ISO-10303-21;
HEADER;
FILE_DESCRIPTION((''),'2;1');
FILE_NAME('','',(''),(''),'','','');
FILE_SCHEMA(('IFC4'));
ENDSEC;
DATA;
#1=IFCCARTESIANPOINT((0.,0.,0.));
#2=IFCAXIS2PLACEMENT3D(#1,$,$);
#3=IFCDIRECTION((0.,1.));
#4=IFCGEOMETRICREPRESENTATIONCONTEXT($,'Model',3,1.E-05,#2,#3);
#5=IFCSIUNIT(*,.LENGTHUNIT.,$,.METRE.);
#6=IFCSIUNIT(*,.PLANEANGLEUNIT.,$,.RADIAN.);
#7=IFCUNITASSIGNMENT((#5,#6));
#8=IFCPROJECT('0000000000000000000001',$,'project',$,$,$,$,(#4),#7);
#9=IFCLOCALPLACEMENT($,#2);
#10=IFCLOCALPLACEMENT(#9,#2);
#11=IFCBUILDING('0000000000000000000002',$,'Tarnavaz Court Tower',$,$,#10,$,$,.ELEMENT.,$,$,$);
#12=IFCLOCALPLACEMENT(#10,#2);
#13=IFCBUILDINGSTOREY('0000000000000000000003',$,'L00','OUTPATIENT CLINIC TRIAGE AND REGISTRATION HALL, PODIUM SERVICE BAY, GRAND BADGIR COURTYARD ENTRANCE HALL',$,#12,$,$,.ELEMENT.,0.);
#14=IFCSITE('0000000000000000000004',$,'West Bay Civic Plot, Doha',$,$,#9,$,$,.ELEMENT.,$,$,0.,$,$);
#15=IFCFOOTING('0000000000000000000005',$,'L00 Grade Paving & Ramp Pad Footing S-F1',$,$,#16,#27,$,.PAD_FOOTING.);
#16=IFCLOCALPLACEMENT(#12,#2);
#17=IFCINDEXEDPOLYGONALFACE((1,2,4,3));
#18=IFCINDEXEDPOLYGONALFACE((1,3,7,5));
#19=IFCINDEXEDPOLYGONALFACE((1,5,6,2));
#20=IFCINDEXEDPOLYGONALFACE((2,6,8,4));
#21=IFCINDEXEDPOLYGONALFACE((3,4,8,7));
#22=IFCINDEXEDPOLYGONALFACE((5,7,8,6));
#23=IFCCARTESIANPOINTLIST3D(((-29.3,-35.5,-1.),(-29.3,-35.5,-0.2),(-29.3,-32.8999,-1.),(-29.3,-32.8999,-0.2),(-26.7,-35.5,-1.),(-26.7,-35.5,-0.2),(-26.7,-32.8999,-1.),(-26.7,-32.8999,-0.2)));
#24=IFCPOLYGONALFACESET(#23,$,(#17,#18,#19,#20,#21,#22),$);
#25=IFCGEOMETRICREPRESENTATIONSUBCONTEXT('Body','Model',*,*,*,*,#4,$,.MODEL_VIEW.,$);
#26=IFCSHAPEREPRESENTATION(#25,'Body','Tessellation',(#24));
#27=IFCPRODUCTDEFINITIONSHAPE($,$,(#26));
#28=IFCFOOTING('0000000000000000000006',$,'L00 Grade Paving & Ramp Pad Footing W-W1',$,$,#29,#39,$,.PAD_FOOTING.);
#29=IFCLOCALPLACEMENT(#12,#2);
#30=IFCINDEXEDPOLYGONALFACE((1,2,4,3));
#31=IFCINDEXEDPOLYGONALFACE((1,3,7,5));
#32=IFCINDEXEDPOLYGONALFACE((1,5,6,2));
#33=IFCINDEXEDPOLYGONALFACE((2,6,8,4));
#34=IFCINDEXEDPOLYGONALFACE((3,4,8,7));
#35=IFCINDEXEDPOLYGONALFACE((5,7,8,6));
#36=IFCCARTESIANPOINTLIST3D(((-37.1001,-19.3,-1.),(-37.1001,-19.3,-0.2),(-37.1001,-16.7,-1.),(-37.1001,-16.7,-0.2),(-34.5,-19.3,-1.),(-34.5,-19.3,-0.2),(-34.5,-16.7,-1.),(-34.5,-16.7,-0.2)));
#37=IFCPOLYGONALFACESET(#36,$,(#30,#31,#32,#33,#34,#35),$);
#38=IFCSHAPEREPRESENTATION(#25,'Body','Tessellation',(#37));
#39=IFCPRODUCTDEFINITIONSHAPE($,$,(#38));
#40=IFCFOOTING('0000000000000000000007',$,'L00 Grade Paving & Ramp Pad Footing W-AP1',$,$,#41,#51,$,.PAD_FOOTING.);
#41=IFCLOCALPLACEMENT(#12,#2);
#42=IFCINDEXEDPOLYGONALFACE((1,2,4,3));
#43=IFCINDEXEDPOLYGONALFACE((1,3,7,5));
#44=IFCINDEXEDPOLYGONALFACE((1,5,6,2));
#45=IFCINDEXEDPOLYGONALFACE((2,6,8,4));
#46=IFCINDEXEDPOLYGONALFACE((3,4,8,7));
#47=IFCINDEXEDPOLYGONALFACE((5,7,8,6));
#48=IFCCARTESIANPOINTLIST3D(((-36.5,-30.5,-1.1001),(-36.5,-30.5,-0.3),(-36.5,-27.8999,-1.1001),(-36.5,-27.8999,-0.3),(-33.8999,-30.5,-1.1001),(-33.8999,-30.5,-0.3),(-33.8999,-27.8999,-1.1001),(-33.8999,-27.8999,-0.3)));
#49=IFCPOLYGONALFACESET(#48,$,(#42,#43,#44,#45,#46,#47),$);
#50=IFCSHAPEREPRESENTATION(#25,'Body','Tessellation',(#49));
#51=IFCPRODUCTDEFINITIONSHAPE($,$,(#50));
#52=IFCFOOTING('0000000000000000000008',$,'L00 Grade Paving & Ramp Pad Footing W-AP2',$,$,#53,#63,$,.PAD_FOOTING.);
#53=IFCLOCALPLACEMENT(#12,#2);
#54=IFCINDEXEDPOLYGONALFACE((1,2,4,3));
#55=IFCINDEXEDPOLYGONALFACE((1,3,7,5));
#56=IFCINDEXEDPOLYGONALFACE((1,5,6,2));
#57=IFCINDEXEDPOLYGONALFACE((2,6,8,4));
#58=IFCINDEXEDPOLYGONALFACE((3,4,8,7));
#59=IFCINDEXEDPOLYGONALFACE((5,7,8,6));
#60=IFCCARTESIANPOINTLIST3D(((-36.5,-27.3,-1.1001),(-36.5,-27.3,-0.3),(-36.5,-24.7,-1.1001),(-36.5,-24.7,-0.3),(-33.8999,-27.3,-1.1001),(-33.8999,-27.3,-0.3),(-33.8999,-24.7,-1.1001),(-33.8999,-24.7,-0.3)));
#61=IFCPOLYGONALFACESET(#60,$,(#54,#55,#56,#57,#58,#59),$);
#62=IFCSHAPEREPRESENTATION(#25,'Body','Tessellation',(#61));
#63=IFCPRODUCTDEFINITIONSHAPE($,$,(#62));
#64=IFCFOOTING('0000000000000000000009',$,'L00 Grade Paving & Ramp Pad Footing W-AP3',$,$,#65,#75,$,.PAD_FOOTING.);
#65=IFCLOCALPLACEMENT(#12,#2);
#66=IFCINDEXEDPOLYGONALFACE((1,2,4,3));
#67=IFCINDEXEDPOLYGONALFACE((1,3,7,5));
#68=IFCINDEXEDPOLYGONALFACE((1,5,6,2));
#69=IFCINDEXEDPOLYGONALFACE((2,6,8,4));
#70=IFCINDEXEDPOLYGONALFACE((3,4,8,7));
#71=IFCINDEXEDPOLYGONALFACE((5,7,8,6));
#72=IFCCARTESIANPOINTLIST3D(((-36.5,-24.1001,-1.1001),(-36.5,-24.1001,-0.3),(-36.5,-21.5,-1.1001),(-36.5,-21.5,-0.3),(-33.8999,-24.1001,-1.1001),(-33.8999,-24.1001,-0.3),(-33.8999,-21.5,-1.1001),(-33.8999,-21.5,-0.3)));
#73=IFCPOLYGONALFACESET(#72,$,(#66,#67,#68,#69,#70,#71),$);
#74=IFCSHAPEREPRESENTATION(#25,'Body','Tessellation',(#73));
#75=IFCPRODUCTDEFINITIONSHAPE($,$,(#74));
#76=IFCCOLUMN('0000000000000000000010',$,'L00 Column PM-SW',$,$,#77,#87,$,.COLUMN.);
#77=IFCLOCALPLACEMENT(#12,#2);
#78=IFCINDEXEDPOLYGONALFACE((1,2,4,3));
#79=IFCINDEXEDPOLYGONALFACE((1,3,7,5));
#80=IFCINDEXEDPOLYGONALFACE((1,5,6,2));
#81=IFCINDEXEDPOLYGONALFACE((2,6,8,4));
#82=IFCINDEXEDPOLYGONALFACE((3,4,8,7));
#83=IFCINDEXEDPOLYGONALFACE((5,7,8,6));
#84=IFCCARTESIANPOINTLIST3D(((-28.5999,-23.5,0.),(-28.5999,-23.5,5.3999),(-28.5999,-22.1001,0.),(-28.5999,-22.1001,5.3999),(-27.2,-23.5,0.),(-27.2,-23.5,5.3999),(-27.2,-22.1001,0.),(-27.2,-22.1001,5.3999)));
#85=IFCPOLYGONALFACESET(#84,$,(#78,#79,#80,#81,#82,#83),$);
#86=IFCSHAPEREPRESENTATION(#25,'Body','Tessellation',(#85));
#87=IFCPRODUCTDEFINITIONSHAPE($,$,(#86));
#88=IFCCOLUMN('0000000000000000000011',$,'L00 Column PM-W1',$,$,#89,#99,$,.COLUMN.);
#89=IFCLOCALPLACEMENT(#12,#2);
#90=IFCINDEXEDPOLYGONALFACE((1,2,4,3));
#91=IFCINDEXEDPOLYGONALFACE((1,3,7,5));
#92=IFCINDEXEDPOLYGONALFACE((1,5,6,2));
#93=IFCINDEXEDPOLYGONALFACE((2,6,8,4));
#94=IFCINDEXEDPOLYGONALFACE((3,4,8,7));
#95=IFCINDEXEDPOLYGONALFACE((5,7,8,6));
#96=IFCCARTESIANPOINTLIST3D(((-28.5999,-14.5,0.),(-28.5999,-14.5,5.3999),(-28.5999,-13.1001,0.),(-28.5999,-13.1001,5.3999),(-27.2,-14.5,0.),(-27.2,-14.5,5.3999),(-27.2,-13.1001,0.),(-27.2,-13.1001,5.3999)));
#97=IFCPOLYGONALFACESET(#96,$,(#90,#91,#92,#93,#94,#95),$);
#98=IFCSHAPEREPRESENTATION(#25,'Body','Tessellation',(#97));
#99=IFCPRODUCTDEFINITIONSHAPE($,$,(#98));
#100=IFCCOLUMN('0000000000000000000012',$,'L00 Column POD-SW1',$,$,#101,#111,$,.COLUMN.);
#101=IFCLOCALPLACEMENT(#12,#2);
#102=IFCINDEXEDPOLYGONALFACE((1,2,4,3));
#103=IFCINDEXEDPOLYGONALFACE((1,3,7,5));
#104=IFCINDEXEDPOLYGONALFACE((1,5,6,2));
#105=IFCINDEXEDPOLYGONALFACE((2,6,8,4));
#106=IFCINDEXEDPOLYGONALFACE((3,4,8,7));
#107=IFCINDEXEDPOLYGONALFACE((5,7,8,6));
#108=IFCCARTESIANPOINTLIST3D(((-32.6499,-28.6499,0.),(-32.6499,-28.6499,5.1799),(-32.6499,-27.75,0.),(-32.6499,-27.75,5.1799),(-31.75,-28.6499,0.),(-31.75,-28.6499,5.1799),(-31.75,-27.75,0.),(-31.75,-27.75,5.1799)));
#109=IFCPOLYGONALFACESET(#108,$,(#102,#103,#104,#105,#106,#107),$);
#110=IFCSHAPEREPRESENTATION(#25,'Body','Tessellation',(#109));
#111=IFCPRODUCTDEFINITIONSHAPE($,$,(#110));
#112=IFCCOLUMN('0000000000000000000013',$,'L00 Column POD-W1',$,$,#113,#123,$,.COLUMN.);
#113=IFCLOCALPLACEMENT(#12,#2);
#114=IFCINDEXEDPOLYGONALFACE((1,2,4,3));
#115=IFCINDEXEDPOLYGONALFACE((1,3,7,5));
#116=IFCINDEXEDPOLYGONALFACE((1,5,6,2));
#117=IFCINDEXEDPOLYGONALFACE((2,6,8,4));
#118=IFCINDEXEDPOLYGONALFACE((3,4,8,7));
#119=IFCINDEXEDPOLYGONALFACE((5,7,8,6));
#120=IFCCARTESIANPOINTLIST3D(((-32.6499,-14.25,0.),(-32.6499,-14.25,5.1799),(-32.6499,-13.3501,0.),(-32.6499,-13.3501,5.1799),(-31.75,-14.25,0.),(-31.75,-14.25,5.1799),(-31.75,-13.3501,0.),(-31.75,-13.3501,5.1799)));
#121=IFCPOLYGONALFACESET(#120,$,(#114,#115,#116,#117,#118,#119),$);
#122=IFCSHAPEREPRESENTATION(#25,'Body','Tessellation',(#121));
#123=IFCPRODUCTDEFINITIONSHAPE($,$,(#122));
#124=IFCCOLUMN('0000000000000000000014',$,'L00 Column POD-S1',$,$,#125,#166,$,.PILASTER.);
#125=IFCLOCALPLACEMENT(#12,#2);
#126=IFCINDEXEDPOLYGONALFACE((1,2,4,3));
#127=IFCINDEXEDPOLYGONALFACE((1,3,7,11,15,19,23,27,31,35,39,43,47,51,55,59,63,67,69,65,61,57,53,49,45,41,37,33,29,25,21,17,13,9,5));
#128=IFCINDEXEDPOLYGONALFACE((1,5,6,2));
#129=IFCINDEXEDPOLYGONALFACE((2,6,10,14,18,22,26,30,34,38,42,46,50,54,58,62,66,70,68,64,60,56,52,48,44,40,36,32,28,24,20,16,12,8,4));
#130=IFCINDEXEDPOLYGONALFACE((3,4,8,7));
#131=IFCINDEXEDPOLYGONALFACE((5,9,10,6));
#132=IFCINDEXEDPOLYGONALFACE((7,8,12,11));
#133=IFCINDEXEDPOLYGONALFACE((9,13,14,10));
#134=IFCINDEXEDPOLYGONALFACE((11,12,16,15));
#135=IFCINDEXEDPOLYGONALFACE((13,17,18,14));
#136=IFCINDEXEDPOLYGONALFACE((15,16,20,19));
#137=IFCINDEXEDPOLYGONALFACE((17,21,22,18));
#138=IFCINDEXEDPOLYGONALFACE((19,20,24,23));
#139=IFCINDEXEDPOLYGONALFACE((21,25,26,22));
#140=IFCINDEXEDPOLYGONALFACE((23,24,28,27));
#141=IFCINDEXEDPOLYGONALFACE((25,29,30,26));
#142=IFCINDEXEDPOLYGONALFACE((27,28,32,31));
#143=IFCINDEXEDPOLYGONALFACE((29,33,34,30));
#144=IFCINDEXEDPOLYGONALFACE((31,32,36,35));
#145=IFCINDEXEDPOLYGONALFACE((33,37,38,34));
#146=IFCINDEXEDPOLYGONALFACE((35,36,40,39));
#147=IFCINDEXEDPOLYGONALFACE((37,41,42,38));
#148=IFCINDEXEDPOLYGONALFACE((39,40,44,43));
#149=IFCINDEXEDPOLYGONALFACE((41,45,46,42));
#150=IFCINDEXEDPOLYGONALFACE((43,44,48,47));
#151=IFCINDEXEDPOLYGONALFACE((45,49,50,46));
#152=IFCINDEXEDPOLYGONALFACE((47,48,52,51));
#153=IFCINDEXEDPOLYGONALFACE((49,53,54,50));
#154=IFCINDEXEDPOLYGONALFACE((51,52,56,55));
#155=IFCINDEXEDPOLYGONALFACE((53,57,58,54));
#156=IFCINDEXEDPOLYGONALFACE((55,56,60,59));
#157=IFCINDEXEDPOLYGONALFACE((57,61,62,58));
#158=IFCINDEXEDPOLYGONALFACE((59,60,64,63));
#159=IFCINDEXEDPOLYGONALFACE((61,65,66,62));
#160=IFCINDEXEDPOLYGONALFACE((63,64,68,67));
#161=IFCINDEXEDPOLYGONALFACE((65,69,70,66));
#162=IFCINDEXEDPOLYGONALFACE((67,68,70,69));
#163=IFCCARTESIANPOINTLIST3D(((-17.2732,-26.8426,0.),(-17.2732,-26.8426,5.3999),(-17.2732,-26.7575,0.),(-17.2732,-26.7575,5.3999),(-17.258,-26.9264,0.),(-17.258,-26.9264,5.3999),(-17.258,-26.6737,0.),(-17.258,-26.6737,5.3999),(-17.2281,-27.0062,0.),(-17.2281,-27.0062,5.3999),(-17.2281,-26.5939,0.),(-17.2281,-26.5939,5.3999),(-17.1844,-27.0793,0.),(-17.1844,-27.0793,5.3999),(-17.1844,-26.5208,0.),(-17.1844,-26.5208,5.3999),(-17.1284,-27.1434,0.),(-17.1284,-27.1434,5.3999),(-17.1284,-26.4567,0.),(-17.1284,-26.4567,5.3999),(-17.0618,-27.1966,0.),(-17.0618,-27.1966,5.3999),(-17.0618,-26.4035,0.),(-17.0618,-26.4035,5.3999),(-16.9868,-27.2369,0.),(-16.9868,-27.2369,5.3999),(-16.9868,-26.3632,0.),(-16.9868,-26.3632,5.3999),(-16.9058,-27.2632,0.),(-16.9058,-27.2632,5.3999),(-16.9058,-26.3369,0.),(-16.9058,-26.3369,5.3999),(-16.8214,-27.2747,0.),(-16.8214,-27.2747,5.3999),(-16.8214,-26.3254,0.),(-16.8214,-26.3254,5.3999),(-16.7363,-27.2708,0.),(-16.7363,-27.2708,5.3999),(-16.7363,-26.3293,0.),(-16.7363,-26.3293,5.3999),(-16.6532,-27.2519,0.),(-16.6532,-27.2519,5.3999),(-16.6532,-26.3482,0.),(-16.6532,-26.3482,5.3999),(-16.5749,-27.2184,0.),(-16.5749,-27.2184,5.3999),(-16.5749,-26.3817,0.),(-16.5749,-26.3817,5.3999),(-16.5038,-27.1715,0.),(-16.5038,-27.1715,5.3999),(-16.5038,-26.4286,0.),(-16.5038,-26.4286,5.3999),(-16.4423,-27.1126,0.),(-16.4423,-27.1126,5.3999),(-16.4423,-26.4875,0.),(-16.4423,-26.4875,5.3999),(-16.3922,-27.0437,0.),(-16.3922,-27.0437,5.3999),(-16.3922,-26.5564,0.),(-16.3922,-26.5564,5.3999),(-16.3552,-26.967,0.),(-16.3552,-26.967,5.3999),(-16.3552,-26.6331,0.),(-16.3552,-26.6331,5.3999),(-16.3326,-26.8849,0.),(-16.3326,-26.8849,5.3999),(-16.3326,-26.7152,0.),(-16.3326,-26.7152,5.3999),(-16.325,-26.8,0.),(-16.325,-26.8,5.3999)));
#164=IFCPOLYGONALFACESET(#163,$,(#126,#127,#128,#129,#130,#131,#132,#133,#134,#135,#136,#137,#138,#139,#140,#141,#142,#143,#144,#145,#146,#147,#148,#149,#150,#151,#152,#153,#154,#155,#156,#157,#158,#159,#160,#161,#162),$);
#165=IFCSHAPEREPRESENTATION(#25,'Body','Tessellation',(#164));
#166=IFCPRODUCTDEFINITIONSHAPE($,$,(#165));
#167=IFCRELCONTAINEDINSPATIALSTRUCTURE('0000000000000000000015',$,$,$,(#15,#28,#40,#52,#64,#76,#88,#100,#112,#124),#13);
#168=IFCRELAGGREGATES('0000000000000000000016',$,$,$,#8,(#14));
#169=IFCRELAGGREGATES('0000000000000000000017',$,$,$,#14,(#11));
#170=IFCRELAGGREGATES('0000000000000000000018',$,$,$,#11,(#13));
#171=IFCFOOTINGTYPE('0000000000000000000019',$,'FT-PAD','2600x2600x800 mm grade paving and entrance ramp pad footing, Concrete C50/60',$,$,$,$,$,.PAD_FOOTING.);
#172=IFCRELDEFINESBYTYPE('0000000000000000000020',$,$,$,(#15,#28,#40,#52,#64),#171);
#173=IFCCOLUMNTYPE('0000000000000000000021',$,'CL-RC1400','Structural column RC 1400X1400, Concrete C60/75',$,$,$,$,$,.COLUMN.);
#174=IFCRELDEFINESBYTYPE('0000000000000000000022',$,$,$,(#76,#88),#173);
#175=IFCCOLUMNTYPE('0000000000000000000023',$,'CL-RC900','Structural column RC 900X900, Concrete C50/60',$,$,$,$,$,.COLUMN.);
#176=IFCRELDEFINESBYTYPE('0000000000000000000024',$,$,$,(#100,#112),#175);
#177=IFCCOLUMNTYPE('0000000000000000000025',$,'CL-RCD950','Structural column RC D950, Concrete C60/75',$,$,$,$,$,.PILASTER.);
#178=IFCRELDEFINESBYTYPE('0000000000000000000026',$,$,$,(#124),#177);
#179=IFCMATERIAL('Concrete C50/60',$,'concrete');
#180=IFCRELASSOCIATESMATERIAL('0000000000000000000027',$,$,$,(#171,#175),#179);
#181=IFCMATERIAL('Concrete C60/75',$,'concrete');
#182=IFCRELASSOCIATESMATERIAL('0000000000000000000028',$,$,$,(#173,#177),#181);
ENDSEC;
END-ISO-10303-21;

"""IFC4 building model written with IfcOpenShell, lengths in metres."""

from ifc_helpers import new_model, si_unit, direction, frame, origin, origin_2d, place, context, subcontext, project, spatial, rectangle, circle, extrude, material, material_profile, profile_set, type_object, element, save


model = new_model("IFC4")

# Units and contexts
model_context = context("Model", 3, precision=1e-05, world=origin(), true_north=direction((0.0, 1.0)))
body_context = subcontext(model_context, "Body", "Model", "MODEL_VIEW")
ifc_project = project(units=[si_unit("LENGTHUNIT", "METRE"), si_unit("PLANEANGLEUNIT", "RADIAN")], contexts=[model_context])

# Site, building, storey
site_placement = place(None, origin())
site = spatial("IfcSite", under=ifc_project, at=site_placement, Name="West Bay Civic Plot, Doha", CompositionType="ELEMENT", RefElevation=0.0)
building_placement = place(site_placement, origin())
building = spatial("IfcBuilding", under=site, at=building_placement, Name="Tarnavaz Court Tower", CompositionType="ELEMENT")
storey_placement = place(building_placement, origin())
storey = spatial("IfcBuildingStorey", under=building, at=storey_placement, Name="L00", Description="OUTPATIENT CLINIC TRIAGE AND REGISTRATION HALL, PODIUM SERVICE BAY, GRAND BADGIR COURTYARD ENTRANCE HALL", CompositionType="ELEMENT", Elevation=0.0)

# Footings
ifc_material_1 = material(Name="Concrete C50/60", Category="concrete")
footing_type = type_object("IfcFootingType", Name="FT-PAD", Description="2600x2600x800 mm grade paving and entrance ramp pad footing, Concrete C50/60", PredefinedType="PAD_FOOTING", material=ifc_material_1)
for number, where, z_axis, x_axis, name in (
    (1, (-28.0, -34.2, -1.0), (0.0, 0.0, 1.0), (1.0, 0.0, 0.0), "L00 Grade Paving & Ramp Pad Footing S-F1"),
    (2, (-35.8, -18.0, -1.0), (0.0, 0.0, 1.0), (1.0, 0.0, 0.0), "L00 Grade Paving & Ramp Pad Footing W-W1"),
    (3, (-35.2, -29.2, -1.1001), (0.0, 0.0, 1.0), (1.0, 0.0, 0.0), "L00 Grade Paving & Ramp Pad Footing W-AP1"),
    (4, (-35.2, -26.0, -1.1001), (0.0, 0.0, 1.0), (1.0, 0.0, 0.0), "L00 Grade Paving & Ramp Pad Footing W-AP2"),
    (5, (-35.2, -22.8, -1.1001), (0.0, 0.0, 1.0), (1.0, 0.0, 0.0), "L00 Grade Paving & Ramp Pad Footing W-AP3"),
):
    element("IfcFooting", number, at=place(storey_placement, frame(where, z_axis=z_axis, x_axis=x_axis)), inside=storey, type_object=footing_type, Name=name, PredefinedType="PAD_FOOTING", context=body_context, shape_type="SweptSolid", body=[
        extrude(rectangle(XDim=2.6001, YDim=2.6001, at=origin_2d()), origin(), (0.0, 0.0, 1.0), 0.8),
    ])

# Columns
ifc_material_2 = material(Name="Concrete C60/75", Category="concrete")
ifc_material_profile_1 = material_profile(ifc_material_2, rectangle(XDim=1.3999, YDim=1.3999, at=origin_2d()), Name="RC 1400X1400")
ifc_profile_set_1 = profile_set([ifc_material_profile_1], Name="Concrete C60/75")
column_type_1 = type_object("IfcColumnType", Name="CL-RC1400", Description="Structural column RC 1400X1400, Concrete C60/75", PredefinedType="COLUMN", material=ifc_profile_set_1)
for number, where, z_axis, x_axis, name in (
    (6, (-27.8999, -22.8, 0.0), (0.0, 0.0, 1.0), (1.0, 0.0, 0.0), "L00 Column PM-SW"),
    (7, (-27.8999, -13.8, 0.0), (0.0, 0.0, 1.0), (1.0, 0.0, 0.0), "L00 Column PM-W1"),
):
    element("IfcColumn", number, at=place(storey_placement, frame(where, z_axis=z_axis, x_axis=x_axis)), inside=storey, type_object=column_type_1, Name=name, PredefinedType="COLUMN", context=body_context, shape_type="SweptSolid", body=[
        extrude(rectangle(XDim=1.3999, YDim=1.3999, at=origin_2d()), origin(), (0.0, 0.0, 1.0), 5.3999),
    ])
ifc_material_profile_2 = material_profile(ifc_material_1, rectangle(XDim=0.8999, YDim=0.8999, at=origin_2d()), Name="RC 900X900")
ifc_profile_set_2 = profile_set([ifc_material_profile_2], Name="Concrete C50/60")
column_type_2 = type_object("IfcColumnType", Name="CL-RC900", Description="Structural column RC 900X900, Concrete C50/60", PredefinedType="COLUMN", material=ifc_profile_set_2)
for number, where, z_axis, x_axis, name in (
    (8, (-32.2, -28.2, 0.0), (0.0, 0.0, 1.0), (1.0, 0.0, 0.0), "L00 Column POD-SW1"),
    (9, (-32.2, -13.8, 0.0), (0.0, 0.0, 1.0), (1.0, 0.0, 0.0), "L00 Column POD-W1"),
):
    element("IfcColumn", number, at=place(storey_placement, frame(where, z_axis=z_axis, x_axis=x_axis)), inside=storey, type_object=column_type_2, Name=name, PredefinedType="COLUMN", context=body_context, shape_type="SweptSolid", body=[
        extrude(rectangle(XDim=0.8999, YDim=0.8999, at=origin_2d()), origin(), (0.0, 0.0, 1.0), 5.1799),
    ])
ifc_material_profile_3 = material_profile(ifc_material_2, circle(Radius=0.4751, at=origin_2d()), Name="RC D950")
ifc_profile_set_3 = profile_set([ifc_material_profile_3], Name="Concrete C60/75")
column_type_3 = type_object("IfcColumnType", Name="CL-RCD950", Description="Structural column RC D950, Concrete C60/75", PredefinedType="PILASTER", material=ifc_profile_set_3)
column_placement = place(storey_placement, frame((-16.8, -26.8, 0.0), z_axis=(0.0, 0.0, 1.0), x_axis=(1.0, 0.0, 0.0)))
element("IfcColumn", 10, at=column_placement, inside=storey, type_object=column_type_3, Name="L00 Column POD-S1", PredefinedType="PILASTER", context=body_context, shape_type="SweptSolid", body=[
    extrude(circle(Radius=0.4751, at=origin_2d()), origin(), (0.0, 0.0, 1.0), 5.3999),
])

save(model, "model.ifc")
